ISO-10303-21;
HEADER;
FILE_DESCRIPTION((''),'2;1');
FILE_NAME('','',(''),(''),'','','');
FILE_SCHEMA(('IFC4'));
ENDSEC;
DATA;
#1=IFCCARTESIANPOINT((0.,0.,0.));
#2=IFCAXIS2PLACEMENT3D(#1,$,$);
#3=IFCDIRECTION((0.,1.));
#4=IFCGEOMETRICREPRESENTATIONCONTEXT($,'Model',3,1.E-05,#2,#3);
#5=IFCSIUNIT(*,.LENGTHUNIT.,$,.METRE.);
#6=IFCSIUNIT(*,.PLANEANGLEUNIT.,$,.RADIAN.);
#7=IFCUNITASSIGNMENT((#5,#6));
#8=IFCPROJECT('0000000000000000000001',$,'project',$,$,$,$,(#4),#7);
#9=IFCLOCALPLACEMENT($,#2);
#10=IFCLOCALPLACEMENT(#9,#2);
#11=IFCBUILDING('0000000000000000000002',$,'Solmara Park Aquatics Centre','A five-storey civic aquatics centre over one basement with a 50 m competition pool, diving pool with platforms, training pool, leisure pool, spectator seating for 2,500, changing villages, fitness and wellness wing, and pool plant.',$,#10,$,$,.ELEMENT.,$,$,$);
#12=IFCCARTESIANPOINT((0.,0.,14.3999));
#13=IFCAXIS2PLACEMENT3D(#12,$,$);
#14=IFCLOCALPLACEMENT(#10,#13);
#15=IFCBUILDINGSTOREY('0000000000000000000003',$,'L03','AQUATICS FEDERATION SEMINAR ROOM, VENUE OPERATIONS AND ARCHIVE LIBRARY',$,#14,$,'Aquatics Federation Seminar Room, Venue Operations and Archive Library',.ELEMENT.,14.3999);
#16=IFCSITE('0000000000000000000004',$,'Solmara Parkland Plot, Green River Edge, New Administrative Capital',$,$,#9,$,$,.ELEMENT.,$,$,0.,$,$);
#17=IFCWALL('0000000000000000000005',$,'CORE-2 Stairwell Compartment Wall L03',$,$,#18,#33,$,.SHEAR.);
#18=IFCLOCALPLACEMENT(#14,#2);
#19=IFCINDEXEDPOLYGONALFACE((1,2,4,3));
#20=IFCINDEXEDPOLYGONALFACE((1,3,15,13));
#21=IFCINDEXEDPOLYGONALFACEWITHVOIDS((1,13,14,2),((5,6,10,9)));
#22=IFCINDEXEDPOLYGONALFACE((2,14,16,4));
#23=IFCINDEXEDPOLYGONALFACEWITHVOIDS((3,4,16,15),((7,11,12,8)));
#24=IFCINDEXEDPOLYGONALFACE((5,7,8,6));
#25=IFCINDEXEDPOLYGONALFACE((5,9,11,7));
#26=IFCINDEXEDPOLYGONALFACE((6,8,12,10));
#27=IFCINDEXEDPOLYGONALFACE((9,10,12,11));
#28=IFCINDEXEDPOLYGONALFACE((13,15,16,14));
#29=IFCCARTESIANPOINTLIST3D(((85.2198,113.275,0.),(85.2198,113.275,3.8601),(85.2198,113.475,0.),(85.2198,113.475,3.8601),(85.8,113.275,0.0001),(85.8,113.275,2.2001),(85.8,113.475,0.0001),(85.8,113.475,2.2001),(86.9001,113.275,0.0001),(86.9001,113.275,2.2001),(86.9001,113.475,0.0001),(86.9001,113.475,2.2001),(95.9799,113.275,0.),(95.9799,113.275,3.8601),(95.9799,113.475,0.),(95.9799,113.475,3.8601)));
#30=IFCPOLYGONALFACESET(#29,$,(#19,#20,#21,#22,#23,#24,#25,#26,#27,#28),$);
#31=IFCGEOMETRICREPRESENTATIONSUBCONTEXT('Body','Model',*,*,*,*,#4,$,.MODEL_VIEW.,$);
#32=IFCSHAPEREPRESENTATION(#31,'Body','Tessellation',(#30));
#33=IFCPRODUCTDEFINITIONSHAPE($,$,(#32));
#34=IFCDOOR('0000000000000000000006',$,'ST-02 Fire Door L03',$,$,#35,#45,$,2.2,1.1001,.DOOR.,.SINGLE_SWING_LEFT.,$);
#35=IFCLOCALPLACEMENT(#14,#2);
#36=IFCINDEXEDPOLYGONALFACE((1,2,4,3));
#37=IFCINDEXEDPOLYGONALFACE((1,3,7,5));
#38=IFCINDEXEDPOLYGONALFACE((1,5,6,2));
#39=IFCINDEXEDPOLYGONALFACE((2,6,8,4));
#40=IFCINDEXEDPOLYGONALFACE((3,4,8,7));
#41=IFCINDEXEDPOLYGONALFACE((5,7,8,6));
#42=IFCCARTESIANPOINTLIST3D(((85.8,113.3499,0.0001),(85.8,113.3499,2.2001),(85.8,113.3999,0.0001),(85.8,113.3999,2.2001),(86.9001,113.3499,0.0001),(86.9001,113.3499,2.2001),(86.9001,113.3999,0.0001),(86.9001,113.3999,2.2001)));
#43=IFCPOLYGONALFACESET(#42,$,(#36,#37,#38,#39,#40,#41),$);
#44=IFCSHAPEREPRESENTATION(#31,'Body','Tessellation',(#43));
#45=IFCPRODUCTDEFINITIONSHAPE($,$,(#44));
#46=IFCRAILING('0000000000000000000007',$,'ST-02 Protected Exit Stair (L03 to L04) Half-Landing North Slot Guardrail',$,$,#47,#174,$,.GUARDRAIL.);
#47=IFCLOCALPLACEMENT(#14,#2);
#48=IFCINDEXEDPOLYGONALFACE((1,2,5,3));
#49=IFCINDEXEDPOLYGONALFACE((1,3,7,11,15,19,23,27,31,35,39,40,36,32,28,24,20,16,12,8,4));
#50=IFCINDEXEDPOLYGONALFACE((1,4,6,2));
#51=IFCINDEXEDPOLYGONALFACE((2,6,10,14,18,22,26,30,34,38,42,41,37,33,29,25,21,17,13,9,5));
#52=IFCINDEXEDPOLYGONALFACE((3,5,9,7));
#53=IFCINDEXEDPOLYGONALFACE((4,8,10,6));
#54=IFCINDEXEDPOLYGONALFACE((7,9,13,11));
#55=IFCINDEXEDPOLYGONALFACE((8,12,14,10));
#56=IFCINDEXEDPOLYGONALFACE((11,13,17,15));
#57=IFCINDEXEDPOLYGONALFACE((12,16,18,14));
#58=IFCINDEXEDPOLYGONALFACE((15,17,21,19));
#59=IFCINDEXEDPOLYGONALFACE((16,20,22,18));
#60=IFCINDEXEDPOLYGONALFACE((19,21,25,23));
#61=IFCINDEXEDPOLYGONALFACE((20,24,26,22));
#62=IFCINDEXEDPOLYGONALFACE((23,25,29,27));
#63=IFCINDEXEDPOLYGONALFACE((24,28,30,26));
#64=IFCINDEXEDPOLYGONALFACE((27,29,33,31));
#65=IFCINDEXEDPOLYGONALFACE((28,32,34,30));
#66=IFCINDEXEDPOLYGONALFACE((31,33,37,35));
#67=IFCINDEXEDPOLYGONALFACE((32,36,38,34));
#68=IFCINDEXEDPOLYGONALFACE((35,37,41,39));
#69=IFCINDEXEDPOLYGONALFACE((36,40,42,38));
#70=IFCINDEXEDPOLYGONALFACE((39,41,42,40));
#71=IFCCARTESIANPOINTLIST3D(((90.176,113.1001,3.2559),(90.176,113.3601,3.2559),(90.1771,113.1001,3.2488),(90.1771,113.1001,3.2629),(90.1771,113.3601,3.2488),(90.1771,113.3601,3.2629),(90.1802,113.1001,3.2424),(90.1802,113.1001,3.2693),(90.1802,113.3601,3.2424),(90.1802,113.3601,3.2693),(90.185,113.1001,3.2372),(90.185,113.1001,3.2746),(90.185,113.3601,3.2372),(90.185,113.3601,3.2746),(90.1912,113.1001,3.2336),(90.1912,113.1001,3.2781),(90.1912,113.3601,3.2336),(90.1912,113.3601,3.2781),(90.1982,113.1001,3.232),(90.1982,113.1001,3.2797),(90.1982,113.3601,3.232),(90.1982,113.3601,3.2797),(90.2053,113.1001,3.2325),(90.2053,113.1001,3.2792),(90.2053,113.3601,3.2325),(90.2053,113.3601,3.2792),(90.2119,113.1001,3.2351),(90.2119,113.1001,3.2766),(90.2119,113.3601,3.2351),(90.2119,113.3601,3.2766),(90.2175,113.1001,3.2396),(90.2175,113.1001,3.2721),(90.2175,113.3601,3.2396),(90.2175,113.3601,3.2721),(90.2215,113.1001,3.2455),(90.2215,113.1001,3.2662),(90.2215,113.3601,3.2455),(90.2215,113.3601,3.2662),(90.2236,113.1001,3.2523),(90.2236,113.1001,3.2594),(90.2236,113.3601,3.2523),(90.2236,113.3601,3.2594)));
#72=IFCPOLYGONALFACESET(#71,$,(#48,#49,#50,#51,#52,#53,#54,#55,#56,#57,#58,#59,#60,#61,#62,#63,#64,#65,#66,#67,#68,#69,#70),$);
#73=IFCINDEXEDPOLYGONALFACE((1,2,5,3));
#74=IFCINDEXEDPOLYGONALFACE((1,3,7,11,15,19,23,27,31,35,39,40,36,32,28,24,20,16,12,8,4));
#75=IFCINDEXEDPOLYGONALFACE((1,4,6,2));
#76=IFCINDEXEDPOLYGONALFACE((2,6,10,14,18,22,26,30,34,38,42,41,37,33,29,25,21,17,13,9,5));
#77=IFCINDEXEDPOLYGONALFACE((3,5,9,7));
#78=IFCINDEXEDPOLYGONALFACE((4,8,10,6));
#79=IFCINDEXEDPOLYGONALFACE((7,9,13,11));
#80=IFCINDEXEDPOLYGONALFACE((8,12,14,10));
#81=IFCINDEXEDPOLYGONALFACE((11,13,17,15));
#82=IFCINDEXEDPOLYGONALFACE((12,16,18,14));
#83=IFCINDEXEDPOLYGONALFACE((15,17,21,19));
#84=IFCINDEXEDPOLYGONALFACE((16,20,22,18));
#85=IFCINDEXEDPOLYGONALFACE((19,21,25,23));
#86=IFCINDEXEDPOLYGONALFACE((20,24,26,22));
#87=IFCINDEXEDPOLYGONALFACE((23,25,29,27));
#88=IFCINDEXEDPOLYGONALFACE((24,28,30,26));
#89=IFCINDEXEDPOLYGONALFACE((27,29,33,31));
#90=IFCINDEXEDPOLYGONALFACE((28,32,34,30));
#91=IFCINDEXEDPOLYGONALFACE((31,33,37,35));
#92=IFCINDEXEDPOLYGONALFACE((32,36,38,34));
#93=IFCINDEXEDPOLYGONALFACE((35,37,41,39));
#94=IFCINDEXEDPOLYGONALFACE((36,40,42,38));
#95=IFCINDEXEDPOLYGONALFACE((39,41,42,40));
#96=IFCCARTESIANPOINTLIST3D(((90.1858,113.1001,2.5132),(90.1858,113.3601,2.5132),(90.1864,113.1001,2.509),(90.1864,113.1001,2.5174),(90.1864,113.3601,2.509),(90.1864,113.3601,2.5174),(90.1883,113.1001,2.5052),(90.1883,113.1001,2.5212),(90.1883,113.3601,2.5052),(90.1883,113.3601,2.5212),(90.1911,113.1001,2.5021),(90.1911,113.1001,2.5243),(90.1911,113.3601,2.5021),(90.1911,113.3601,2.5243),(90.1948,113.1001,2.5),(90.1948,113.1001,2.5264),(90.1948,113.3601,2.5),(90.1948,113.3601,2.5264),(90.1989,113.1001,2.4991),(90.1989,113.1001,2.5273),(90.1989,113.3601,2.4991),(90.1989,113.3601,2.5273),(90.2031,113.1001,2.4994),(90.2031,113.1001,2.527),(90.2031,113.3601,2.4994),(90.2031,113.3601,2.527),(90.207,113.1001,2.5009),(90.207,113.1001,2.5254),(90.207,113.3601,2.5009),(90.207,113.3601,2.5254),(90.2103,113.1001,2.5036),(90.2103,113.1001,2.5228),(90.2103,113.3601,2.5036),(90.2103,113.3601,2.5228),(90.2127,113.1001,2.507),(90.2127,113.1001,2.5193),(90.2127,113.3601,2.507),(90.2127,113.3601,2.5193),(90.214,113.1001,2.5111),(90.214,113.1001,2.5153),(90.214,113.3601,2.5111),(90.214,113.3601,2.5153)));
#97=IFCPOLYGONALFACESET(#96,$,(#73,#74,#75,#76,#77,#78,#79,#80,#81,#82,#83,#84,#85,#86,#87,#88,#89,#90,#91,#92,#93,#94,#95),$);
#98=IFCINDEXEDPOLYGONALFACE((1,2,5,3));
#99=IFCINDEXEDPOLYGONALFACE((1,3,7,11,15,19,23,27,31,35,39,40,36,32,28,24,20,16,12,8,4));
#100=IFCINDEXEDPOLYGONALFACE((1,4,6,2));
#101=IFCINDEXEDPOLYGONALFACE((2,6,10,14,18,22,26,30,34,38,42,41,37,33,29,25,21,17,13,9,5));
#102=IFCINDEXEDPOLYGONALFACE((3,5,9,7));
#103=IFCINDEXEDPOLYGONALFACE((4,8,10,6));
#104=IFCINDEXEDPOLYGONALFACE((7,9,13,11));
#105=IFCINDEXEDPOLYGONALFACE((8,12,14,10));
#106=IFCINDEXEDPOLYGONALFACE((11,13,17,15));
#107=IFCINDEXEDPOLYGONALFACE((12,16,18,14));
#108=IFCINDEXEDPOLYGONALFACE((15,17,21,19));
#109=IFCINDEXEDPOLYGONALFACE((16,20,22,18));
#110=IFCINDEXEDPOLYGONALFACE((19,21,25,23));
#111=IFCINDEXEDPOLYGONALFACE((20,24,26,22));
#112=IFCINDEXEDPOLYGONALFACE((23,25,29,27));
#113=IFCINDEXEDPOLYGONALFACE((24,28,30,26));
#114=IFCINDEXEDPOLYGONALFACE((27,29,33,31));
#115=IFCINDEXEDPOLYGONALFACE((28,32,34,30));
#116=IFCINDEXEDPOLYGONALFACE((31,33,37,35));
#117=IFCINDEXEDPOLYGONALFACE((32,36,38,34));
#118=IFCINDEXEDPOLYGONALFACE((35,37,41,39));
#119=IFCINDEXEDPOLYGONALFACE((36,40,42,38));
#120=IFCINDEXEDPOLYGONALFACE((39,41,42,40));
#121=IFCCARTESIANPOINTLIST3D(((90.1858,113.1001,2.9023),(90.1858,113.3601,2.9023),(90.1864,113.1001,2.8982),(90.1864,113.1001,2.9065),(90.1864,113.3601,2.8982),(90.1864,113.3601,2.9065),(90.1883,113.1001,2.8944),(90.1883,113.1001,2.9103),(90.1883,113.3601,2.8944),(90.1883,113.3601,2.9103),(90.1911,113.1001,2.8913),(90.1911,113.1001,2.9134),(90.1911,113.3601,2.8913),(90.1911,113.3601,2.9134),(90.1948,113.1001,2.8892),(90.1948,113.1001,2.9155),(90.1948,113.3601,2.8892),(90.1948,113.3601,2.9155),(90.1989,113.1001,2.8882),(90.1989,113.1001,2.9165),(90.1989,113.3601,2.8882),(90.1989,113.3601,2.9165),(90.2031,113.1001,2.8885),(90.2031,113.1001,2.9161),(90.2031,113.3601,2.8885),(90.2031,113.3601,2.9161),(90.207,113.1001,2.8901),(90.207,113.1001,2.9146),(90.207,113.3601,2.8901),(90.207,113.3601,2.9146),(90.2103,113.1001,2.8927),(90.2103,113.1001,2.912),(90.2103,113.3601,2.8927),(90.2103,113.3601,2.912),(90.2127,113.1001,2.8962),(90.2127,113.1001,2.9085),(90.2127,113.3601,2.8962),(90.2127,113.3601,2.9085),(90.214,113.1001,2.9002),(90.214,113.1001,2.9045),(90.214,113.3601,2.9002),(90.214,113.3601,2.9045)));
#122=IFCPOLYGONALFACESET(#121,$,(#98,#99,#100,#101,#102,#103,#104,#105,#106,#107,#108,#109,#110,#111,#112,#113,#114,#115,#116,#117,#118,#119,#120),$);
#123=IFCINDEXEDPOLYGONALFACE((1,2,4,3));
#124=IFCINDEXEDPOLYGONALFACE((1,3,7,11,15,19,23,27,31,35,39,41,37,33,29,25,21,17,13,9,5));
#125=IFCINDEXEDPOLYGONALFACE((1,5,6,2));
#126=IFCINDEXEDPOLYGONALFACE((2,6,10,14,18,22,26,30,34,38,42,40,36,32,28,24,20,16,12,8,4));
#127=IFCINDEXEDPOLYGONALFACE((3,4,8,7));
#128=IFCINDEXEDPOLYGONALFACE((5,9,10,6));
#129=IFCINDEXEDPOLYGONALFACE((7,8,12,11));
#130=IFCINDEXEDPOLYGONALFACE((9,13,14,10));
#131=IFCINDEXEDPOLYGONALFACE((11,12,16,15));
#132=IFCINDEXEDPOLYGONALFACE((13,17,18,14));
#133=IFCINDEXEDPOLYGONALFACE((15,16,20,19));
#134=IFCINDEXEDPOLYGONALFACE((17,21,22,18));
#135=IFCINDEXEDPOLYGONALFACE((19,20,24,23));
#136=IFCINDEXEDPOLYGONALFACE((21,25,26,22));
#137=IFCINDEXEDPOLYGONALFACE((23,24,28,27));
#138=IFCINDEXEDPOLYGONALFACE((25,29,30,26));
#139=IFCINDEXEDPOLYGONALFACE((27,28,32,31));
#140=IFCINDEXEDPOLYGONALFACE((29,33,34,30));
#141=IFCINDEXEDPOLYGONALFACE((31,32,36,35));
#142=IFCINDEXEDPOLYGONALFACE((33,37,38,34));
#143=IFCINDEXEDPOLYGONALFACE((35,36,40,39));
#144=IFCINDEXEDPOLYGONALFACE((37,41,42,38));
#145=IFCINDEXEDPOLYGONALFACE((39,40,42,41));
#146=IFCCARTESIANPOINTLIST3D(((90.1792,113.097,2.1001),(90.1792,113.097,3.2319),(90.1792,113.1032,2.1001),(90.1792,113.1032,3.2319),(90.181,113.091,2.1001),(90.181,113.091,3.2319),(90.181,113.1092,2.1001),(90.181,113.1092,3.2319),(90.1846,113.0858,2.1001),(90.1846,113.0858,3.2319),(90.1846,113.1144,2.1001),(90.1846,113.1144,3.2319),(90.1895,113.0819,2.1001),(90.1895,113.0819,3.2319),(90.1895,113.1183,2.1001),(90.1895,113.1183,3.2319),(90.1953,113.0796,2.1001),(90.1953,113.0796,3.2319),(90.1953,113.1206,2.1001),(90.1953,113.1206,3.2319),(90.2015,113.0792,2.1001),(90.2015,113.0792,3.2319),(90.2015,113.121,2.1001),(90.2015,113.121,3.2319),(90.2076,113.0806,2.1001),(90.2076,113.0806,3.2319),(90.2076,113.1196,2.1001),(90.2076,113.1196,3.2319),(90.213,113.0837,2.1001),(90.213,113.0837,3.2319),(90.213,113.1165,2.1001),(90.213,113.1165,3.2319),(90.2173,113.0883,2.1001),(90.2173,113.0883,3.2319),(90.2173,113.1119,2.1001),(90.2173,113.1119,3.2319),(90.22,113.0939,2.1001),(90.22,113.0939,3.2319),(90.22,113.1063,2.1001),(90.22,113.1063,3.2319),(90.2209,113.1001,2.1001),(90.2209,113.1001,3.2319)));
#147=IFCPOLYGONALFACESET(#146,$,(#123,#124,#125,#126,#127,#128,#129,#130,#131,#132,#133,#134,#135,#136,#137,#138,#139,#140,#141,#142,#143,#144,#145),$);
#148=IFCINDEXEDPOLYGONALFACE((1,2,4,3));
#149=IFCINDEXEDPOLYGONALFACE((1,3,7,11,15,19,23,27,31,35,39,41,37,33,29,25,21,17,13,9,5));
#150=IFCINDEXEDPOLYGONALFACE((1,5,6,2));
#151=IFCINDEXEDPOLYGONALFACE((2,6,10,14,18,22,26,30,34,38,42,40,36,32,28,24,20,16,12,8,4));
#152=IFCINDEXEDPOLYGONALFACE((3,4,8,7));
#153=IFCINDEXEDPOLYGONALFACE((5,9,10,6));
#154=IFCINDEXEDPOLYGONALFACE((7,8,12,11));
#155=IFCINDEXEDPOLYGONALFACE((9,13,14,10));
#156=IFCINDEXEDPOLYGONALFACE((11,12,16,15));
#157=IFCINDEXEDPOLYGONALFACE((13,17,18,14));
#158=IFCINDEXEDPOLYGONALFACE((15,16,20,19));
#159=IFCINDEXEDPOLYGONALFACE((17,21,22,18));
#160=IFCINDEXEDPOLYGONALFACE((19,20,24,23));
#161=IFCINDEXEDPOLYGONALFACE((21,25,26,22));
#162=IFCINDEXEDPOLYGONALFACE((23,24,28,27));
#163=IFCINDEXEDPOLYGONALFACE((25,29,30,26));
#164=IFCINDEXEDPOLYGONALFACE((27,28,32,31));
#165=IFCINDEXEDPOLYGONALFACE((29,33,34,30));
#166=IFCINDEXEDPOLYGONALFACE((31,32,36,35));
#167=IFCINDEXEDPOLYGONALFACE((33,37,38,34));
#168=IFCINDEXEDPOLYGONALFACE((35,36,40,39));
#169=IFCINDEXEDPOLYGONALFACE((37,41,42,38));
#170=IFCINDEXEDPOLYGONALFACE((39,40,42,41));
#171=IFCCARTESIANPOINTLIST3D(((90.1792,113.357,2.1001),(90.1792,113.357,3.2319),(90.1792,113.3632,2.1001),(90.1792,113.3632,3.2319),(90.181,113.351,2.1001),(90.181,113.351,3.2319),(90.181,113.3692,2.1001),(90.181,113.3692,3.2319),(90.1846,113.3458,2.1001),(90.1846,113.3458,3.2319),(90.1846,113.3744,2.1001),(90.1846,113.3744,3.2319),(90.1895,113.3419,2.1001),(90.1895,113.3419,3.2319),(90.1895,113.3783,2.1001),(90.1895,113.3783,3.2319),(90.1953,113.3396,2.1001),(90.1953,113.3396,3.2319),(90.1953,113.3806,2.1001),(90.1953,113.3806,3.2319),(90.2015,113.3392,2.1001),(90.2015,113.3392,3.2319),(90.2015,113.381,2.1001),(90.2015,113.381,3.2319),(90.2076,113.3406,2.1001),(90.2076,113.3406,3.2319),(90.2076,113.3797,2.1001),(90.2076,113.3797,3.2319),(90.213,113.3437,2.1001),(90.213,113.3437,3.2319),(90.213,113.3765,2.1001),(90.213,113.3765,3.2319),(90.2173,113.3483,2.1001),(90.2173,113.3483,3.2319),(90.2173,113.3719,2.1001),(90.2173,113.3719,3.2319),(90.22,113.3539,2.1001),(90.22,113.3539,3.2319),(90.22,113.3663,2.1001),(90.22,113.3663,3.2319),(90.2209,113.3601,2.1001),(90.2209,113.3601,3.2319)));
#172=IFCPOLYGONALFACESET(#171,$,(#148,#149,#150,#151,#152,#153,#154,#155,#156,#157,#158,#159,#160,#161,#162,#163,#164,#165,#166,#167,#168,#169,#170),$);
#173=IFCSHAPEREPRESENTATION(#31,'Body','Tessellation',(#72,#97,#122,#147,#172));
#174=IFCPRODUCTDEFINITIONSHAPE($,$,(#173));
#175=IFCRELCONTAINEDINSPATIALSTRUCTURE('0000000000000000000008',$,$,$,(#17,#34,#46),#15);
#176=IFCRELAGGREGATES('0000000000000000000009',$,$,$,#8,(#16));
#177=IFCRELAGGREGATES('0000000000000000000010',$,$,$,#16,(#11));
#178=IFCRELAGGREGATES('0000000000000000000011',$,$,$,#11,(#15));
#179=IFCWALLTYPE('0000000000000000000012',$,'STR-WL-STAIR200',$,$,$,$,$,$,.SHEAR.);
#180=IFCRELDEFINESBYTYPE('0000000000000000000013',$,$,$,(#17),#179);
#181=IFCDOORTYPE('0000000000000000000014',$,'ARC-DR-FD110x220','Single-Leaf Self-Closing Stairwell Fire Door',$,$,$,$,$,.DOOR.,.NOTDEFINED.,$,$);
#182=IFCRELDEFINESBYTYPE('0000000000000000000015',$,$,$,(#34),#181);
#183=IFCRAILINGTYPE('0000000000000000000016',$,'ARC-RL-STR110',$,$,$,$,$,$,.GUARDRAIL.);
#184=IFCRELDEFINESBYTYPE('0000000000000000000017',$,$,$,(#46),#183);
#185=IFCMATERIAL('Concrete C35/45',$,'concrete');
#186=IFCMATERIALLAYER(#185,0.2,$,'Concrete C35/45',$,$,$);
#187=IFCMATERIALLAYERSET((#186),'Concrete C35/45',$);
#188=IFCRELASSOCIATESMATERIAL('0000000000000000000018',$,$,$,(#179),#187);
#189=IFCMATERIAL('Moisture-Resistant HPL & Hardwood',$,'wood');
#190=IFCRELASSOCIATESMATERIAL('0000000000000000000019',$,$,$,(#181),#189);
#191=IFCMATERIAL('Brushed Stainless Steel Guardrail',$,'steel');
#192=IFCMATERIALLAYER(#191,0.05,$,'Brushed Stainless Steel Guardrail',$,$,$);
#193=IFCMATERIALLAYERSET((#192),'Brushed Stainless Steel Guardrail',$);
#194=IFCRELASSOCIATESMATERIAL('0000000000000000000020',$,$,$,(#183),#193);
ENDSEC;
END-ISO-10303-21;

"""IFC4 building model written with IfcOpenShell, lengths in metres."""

from ifc_helpers import new_model, si_unit, direction, frame, frame_2d, origin, origin_2d, place, context, subcontext, project, spatial, rectangle, circle, extrude, material, layer, layer_set, type_object, element, fill, save


model = new_model("IFC4")

# Units and contexts
model_context = context("Model", 3, precision=1e-05, world=origin(), true_north=direction((0.0, 1.0)))
body_context = subcontext(model_context, "Body", "Model", "MODEL_VIEW")
ifc_project = project(units=[si_unit("LENGTHUNIT", "METRE"), si_unit("PLANEANGLEUNIT", "RADIAN")], contexts=[model_context])

# Site, building, storey
site_placement = place(None, origin())
site = spatial("IfcSite", under=ifc_project, at=site_placement, Name="Solmara Parkland Plot, Green River Edge, New Administrative Capital", CompositionType="ELEMENT", RefElevation=0.0)
building_placement = place(site_placement, origin())
building = spatial("IfcBuilding", under=site, at=building_placement, Name="Solmara Park Aquatics Centre", Description="A five-storey civic aquatics centre over one basement with a 50 m competition pool, diving pool with platforms, training pool, leisure pool, spectator seating for 2,500, changing villages, fitness and wellness wing, and pool plant.", CompositionType="ELEMENT")
storey_placement = place(building_placement, frame((0.0, 0.0, 14.3999)))
storey = spatial("IfcBuildingStorey", under=building, at=storey_placement, Name="L03", Description="AQUATICS FEDERATION SEMINAR ROOM, VENUE OPERATIONS AND ARCHIVE LIBRARY", LongName="Aquatics Federation Seminar Room, Venue Operations and Archive Library", CompositionType="ELEMENT", Elevation=14.3999)

# Shared definitions
ifc_material_1 = material(Name="Moisture-Resistant HPL & Hardwood", Category="wood")

# Wall, opening, door
ifc_material_2 = material(Name="Concrete C35/45", Category="concrete")
ifc_layer_1 = layer(ifc_material_2, 0.2, Name="Concrete C35/45")
ifc_layer_set_1 = layer_set([ifc_layer_1], Name="Concrete C35/45")
wall_type_1 = type_object("IfcWallType", Name="STR-WL-STAIR200", PredefinedType="SHEAR", material=ifc_layer_set_1)
wall_1_placement = place(storey_placement, frame((85.22, 113.375, 0.0), z_axis=(0.0, 0.0, 1.0), x_axis=(1.0, 0.0, 0.0)))
wall_1 = element("IfcWall", 1, at=wall_1_placement, inside=storey, type_object=wall_type_1, Name="CORE-2 Stairwell Compartment Wall L03", PredefinedType="SHEAR", context=body_context, shape_type="SweptSolid", body=[
    extrude(rectangle(XDim=10.76, YDim=0.2, at=frame_2d((5.3799, 0.0))), origin(), (0.0, 0.0, 1.0), 3.8601),
])
opening_1_placement = place(wall_1_placement, frame((0.5801, 0.0, 0.0)))
opening_1 = element("IfcOpeningElement", 2, at=opening_1_placement, cuts=wall_1, PredefinedType="OPENING", context=body_context, shape_type="SweptSolid", body=[
    extrude(rectangle(XDim=1.1001, YDim=2.2, at=frame_2d((0.55, 1.1001))), frame((0.0, 0.1099, 0.0), z_axis=(0.0, -1.0, 0.0), x_axis=(1.0, 0.0, 0.0)), (0.0, 0.0, 1.0), 0.22),
])
door_type_1 = type_object("IfcDoorType", Name="ARC-DR-FD110x220", Description="Single-Leaf Self-Closing Stairwell Fire Door", OperationType="NOTDEFINED", PredefinedType="DOOR", material=ifc_material_1)
door_1_placement = place(opening_1_placement, origin())
door_1 = element("IfcDoor", 3, at=door_1_placement, inside=storey, type_object=door_type_1, Name="ST-02 Fire Door L03", OperationType="SINGLE_SWING_LEFT", OverallHeight=2.2, OverallWidth=1.1001, PredefinedType="DOOR", context=body_context, shape_type="SweptSolid", body=[
    extrude(rectangle(XDim=1.1001, YDim=2.2, at=frame_2d((0.55, 1.1001))), frame((0.0, 0.0249, 0.0), z_axis=(0.0, -1.0, 0.0), x_axis=(1.0, 0.0, 0.0)), (0.0, 0.0, 1.0), 0.05),
])
fill(opening_1, door_1)

# Railing
ifc_material_3 = material(Name="Brushed Stainless Steel Guardrail", Category="steel")
ifc_layer_2 = layer(ifc_material_3, 0.05, Name="Brushed Stainless Steel Guardrail")
ifc_layer_set_2 = layer_set([ifc_layer_2], Name="Brushed Stainless Steel Guardrail")
railing_type_1 = type_object("IfcRailingType", Name="ARC-RL-STR110", PredefinedType="GUARDRAIL", material=ifc_layer_set_2)
railing_1_placement = place(storey_placement, frame((90.2, 113.1001, 2.1001)))
element("IfcRailing", 4, at=railing_1_placement, inside=storey, type_object=railing_type_1, Name="ST-02 Protected Exit Stair (L03 to L04) Half-Landing North Slot Guardrail", PredefinedType="GUARDRAIL", context=body_context, shape_type="SweptSolid", body=[
    extrude(circle(Radius=0.0239, at=origin_2d()), frame((0.0, 0.0, 1.1558), z_axis=(0.0, 1.0, 0.0), x_axis=(-1.0, 0.0, 0.0)), (0.0, 0.0, 1.0), 0.26),
    extrude(circle(Radius=0.0142, at=origin_2d()), frame((0.0, 0.0, 0.4131), z_axis=(0.0, 1.0, 0.0), x_axis=(-1.0, 0.0, 0.0)), (0.0, 0.0, 1.0), 0.26),
    extrude(circle(Radius=0.0142, at=origin_2d()), frame((0.0, 0.0, 0.8022), z_axis=(0.0, 1.0, 0.0), x_axis=(-1.0, 0.0, 0.0)), (0.0, 0.0, 1.0), 0.26),
    extrude(circle(Radius=0.021, at=origin_2d()), origin(), (0.0, 0.0, 1.0), 1.1318),
    extrude(circle(Radius=0.021, at=origin_2d()), frame((0.0, 0.26, 0.0)), (0.0, 0.0, 1.0), 1.1318),
])

save(model, "model.ifc")
